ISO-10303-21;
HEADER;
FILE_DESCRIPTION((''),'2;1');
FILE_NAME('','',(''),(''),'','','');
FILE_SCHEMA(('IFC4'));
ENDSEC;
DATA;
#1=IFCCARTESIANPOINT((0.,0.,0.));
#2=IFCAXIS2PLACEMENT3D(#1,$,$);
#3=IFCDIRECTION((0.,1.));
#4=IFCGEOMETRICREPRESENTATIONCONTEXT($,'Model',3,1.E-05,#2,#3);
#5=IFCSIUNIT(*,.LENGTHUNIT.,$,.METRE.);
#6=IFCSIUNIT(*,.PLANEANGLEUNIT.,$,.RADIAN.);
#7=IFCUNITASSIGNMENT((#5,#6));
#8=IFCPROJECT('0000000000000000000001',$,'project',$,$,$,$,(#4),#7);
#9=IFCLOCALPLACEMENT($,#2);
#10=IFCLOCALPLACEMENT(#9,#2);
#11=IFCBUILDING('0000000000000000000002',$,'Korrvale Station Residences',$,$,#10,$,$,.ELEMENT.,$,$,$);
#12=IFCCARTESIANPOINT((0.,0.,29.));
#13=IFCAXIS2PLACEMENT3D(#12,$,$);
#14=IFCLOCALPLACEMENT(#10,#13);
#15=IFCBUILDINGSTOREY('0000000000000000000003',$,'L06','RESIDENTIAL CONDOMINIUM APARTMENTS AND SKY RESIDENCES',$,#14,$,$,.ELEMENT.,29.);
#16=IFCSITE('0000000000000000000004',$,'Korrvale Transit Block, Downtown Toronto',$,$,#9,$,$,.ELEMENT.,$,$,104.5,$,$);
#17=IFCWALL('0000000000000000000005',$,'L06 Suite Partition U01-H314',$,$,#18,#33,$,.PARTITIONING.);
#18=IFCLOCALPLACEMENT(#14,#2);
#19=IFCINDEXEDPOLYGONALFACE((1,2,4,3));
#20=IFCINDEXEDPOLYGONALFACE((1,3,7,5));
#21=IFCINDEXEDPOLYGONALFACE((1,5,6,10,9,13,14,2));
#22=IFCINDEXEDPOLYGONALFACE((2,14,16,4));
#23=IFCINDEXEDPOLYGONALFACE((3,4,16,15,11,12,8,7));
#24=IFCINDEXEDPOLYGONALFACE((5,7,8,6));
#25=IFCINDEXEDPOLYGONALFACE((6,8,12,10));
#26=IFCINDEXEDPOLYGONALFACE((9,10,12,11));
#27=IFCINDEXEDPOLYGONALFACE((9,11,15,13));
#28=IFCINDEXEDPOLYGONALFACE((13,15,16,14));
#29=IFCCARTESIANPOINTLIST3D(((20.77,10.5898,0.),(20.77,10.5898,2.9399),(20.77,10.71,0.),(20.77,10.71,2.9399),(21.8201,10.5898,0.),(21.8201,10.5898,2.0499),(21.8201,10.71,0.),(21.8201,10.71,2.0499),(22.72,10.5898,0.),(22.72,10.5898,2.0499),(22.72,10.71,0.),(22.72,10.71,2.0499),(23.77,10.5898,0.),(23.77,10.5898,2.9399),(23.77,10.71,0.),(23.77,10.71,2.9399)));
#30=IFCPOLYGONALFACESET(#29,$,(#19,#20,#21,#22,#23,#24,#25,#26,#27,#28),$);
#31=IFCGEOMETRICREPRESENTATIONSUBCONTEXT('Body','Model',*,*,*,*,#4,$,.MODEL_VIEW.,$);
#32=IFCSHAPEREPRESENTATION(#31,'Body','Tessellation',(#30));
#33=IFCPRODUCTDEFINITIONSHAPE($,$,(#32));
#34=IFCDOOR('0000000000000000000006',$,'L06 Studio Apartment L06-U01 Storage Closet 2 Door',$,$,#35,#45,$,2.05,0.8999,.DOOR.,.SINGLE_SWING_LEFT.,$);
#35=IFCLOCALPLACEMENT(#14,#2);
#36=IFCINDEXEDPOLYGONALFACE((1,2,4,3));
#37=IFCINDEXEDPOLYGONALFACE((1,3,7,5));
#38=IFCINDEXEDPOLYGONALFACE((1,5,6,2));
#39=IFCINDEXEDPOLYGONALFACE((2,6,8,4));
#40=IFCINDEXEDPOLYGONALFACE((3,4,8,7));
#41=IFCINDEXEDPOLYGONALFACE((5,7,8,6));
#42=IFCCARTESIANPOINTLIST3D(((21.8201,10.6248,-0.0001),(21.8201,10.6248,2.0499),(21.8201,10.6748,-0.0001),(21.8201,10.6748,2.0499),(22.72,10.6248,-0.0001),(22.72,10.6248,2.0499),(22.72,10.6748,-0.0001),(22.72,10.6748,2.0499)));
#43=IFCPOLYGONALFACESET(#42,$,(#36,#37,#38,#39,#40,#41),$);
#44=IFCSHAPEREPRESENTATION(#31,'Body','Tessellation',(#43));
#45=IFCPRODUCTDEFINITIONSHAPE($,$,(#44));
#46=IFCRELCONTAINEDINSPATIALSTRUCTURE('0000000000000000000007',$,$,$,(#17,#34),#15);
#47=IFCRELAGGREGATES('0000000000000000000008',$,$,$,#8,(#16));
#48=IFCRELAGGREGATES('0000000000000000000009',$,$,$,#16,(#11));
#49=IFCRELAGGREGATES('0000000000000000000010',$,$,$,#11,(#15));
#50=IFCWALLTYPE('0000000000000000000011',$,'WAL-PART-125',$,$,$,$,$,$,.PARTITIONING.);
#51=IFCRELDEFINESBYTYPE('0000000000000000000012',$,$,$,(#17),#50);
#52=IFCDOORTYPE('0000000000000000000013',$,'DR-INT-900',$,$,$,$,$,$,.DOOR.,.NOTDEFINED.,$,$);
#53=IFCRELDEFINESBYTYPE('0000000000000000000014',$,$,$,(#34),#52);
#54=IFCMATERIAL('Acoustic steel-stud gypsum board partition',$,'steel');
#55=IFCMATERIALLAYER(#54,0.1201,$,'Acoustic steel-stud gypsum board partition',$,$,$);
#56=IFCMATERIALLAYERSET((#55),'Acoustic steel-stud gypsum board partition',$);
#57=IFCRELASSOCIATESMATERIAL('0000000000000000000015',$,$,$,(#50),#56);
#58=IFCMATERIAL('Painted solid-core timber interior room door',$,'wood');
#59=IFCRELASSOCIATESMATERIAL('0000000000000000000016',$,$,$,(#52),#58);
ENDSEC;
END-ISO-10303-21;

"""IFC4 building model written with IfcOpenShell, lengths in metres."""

from ifc_helpers import new_model, si_unit, direction, frame, frame_2d, origin, place, context, subcontext, project, spatial, rectangle, extrude, material, layer, layer_set, type_object, element, fill, save


model = new_model("IFC4")

# Units and contexts
model_context = context("Model", 3, precision=1e-05, world=origin(), true_north=direction((0.0, 1.0)))
body_context = subcontext(model_context, "Body", "Model", "MODEL_VIEW")
ifc_project = project(units=[si_unit("LENGTHUNIT", "METRE"), si_unit("PLANEANGLEUNIT", "RADIAN")], contexts=[model_context])

# Site, building, storey
site_placement = place(None, origin())
site = spatial("IfcSite", under=ifc_project, at=site_placement, Name="Korrvale Transit Block, Downtown Toronto", CompositionType="ELEMENT", RefElevation=104.5)
building_placement = place(site_placement, origin())
building = spatial("IfcBuilding", under=site, at=building_placement, Name="Korrvale Station Residences", CompositionType="ELEMENT")
storey_placement = place(building_placement, frame((0.0, 0.0, 29.0)))
storey = spatial("IfcBuildingStorey", under=building, at=storey_placement, Name="L06", Description="RESIDENTIAL CONDOMINIUM APARTMENTS AND SKY RESIDENCES", CompositionType="ELEMENT", Elevation=29.0)

# Shared definitions
ifc_material_1 = material(Name="Acoustic steel-stud gypsum board partition", Category="steel")
ifc_layer = layer(ifc_material_1, 0.1201, Name="Acoustic steel-stud gypsum board partition")
ifc_layer_set = layer_set([ifc_layer], Name="Acoustic steel-stud gypsum board partition")
wall_type = type_object("IfcWallType", Name="WAL-PART-125", PredefinedType="PARTITIONING", material=ifc_layer_set)
ifc_material_2 = material(Name="Painted solid-core timber interior room door", Category="wood")
door_type_1 = type_object("IfcDoorType", Name="DR-INT-900", OperationType="NOTDEFINED", PredefinedType="DOOR", material=ifc_material_2)

# Wall, opening, door
wall_1_placement = place(storey_placement, frame((20.77, 10.6499, 0.0), z_axis=(0.0, 0.0, 1.0), x_axis=(1.0, 0.0, 0.0)))
wall_1 = element("IfcWall", 1, at=wall_1_placement, inside=storey, type_object=wall_type, Name="L06 Suite Partition U01-H314", PredefinedType="PARTITIONING", context=body_context, shape_type="SweptSolid", body=[
    extrude(rectangle(XDim=3.0, YDim=0.1201, at=frame_2d((1.5, 0.0))), origin(), (0.0, 0.0, 1.0), 2.9399),
])
opening_1_placement = place(wall_1_placement, frame((1.05, 0.0, 0.0)))
opening_1 = element("IfcOpeningElement", 2, at=opening_1_placement, cuts=wall_1, PredefinedType="OPENING", context=body_context, shape_type="SweptSolid", body=[
    extrude(rectangle(XDim=0.8999, YDim=2.05, at=frame_2d((0.45, 1.0249))), frame((0.0, 0.0701, 0.0), z_axis=(0.0, -1.0, 0.0), x_axis=(1.0, 0.0, 0.0)), (0.0, 0.0, 1.0), 0.1401),
])
door_1_placement = place(opening_1_placement, origin())
door_1 = element("IfcDoor", 3, at=door_1_placement, inside=storey, type_object=door_type_1, Name="L06 Studio Apartment L06-U01 Storage Closet 2 Door", OperationType="SINGLE_SWING_LEFT", OverallHeight=2.05, OverallWidth=0.8999, PredefinedType="DOOR", context=body_context, shape_type="SweptSolid", body=[
    extrude(rectangle(XDim=0.8999, YDim=2.05, at=frame_2d((0.45, 1.0249))), frame((0.0, 0.0249, 0.0), z_axis=(0.0, -1.0, 0.0), x_axis=(1.0, 0.0, 0.0)), (0.0, 0.0, 1.0), 0.05),
])
fill(opening_1, door_1)

save(model, "model.ifc")
